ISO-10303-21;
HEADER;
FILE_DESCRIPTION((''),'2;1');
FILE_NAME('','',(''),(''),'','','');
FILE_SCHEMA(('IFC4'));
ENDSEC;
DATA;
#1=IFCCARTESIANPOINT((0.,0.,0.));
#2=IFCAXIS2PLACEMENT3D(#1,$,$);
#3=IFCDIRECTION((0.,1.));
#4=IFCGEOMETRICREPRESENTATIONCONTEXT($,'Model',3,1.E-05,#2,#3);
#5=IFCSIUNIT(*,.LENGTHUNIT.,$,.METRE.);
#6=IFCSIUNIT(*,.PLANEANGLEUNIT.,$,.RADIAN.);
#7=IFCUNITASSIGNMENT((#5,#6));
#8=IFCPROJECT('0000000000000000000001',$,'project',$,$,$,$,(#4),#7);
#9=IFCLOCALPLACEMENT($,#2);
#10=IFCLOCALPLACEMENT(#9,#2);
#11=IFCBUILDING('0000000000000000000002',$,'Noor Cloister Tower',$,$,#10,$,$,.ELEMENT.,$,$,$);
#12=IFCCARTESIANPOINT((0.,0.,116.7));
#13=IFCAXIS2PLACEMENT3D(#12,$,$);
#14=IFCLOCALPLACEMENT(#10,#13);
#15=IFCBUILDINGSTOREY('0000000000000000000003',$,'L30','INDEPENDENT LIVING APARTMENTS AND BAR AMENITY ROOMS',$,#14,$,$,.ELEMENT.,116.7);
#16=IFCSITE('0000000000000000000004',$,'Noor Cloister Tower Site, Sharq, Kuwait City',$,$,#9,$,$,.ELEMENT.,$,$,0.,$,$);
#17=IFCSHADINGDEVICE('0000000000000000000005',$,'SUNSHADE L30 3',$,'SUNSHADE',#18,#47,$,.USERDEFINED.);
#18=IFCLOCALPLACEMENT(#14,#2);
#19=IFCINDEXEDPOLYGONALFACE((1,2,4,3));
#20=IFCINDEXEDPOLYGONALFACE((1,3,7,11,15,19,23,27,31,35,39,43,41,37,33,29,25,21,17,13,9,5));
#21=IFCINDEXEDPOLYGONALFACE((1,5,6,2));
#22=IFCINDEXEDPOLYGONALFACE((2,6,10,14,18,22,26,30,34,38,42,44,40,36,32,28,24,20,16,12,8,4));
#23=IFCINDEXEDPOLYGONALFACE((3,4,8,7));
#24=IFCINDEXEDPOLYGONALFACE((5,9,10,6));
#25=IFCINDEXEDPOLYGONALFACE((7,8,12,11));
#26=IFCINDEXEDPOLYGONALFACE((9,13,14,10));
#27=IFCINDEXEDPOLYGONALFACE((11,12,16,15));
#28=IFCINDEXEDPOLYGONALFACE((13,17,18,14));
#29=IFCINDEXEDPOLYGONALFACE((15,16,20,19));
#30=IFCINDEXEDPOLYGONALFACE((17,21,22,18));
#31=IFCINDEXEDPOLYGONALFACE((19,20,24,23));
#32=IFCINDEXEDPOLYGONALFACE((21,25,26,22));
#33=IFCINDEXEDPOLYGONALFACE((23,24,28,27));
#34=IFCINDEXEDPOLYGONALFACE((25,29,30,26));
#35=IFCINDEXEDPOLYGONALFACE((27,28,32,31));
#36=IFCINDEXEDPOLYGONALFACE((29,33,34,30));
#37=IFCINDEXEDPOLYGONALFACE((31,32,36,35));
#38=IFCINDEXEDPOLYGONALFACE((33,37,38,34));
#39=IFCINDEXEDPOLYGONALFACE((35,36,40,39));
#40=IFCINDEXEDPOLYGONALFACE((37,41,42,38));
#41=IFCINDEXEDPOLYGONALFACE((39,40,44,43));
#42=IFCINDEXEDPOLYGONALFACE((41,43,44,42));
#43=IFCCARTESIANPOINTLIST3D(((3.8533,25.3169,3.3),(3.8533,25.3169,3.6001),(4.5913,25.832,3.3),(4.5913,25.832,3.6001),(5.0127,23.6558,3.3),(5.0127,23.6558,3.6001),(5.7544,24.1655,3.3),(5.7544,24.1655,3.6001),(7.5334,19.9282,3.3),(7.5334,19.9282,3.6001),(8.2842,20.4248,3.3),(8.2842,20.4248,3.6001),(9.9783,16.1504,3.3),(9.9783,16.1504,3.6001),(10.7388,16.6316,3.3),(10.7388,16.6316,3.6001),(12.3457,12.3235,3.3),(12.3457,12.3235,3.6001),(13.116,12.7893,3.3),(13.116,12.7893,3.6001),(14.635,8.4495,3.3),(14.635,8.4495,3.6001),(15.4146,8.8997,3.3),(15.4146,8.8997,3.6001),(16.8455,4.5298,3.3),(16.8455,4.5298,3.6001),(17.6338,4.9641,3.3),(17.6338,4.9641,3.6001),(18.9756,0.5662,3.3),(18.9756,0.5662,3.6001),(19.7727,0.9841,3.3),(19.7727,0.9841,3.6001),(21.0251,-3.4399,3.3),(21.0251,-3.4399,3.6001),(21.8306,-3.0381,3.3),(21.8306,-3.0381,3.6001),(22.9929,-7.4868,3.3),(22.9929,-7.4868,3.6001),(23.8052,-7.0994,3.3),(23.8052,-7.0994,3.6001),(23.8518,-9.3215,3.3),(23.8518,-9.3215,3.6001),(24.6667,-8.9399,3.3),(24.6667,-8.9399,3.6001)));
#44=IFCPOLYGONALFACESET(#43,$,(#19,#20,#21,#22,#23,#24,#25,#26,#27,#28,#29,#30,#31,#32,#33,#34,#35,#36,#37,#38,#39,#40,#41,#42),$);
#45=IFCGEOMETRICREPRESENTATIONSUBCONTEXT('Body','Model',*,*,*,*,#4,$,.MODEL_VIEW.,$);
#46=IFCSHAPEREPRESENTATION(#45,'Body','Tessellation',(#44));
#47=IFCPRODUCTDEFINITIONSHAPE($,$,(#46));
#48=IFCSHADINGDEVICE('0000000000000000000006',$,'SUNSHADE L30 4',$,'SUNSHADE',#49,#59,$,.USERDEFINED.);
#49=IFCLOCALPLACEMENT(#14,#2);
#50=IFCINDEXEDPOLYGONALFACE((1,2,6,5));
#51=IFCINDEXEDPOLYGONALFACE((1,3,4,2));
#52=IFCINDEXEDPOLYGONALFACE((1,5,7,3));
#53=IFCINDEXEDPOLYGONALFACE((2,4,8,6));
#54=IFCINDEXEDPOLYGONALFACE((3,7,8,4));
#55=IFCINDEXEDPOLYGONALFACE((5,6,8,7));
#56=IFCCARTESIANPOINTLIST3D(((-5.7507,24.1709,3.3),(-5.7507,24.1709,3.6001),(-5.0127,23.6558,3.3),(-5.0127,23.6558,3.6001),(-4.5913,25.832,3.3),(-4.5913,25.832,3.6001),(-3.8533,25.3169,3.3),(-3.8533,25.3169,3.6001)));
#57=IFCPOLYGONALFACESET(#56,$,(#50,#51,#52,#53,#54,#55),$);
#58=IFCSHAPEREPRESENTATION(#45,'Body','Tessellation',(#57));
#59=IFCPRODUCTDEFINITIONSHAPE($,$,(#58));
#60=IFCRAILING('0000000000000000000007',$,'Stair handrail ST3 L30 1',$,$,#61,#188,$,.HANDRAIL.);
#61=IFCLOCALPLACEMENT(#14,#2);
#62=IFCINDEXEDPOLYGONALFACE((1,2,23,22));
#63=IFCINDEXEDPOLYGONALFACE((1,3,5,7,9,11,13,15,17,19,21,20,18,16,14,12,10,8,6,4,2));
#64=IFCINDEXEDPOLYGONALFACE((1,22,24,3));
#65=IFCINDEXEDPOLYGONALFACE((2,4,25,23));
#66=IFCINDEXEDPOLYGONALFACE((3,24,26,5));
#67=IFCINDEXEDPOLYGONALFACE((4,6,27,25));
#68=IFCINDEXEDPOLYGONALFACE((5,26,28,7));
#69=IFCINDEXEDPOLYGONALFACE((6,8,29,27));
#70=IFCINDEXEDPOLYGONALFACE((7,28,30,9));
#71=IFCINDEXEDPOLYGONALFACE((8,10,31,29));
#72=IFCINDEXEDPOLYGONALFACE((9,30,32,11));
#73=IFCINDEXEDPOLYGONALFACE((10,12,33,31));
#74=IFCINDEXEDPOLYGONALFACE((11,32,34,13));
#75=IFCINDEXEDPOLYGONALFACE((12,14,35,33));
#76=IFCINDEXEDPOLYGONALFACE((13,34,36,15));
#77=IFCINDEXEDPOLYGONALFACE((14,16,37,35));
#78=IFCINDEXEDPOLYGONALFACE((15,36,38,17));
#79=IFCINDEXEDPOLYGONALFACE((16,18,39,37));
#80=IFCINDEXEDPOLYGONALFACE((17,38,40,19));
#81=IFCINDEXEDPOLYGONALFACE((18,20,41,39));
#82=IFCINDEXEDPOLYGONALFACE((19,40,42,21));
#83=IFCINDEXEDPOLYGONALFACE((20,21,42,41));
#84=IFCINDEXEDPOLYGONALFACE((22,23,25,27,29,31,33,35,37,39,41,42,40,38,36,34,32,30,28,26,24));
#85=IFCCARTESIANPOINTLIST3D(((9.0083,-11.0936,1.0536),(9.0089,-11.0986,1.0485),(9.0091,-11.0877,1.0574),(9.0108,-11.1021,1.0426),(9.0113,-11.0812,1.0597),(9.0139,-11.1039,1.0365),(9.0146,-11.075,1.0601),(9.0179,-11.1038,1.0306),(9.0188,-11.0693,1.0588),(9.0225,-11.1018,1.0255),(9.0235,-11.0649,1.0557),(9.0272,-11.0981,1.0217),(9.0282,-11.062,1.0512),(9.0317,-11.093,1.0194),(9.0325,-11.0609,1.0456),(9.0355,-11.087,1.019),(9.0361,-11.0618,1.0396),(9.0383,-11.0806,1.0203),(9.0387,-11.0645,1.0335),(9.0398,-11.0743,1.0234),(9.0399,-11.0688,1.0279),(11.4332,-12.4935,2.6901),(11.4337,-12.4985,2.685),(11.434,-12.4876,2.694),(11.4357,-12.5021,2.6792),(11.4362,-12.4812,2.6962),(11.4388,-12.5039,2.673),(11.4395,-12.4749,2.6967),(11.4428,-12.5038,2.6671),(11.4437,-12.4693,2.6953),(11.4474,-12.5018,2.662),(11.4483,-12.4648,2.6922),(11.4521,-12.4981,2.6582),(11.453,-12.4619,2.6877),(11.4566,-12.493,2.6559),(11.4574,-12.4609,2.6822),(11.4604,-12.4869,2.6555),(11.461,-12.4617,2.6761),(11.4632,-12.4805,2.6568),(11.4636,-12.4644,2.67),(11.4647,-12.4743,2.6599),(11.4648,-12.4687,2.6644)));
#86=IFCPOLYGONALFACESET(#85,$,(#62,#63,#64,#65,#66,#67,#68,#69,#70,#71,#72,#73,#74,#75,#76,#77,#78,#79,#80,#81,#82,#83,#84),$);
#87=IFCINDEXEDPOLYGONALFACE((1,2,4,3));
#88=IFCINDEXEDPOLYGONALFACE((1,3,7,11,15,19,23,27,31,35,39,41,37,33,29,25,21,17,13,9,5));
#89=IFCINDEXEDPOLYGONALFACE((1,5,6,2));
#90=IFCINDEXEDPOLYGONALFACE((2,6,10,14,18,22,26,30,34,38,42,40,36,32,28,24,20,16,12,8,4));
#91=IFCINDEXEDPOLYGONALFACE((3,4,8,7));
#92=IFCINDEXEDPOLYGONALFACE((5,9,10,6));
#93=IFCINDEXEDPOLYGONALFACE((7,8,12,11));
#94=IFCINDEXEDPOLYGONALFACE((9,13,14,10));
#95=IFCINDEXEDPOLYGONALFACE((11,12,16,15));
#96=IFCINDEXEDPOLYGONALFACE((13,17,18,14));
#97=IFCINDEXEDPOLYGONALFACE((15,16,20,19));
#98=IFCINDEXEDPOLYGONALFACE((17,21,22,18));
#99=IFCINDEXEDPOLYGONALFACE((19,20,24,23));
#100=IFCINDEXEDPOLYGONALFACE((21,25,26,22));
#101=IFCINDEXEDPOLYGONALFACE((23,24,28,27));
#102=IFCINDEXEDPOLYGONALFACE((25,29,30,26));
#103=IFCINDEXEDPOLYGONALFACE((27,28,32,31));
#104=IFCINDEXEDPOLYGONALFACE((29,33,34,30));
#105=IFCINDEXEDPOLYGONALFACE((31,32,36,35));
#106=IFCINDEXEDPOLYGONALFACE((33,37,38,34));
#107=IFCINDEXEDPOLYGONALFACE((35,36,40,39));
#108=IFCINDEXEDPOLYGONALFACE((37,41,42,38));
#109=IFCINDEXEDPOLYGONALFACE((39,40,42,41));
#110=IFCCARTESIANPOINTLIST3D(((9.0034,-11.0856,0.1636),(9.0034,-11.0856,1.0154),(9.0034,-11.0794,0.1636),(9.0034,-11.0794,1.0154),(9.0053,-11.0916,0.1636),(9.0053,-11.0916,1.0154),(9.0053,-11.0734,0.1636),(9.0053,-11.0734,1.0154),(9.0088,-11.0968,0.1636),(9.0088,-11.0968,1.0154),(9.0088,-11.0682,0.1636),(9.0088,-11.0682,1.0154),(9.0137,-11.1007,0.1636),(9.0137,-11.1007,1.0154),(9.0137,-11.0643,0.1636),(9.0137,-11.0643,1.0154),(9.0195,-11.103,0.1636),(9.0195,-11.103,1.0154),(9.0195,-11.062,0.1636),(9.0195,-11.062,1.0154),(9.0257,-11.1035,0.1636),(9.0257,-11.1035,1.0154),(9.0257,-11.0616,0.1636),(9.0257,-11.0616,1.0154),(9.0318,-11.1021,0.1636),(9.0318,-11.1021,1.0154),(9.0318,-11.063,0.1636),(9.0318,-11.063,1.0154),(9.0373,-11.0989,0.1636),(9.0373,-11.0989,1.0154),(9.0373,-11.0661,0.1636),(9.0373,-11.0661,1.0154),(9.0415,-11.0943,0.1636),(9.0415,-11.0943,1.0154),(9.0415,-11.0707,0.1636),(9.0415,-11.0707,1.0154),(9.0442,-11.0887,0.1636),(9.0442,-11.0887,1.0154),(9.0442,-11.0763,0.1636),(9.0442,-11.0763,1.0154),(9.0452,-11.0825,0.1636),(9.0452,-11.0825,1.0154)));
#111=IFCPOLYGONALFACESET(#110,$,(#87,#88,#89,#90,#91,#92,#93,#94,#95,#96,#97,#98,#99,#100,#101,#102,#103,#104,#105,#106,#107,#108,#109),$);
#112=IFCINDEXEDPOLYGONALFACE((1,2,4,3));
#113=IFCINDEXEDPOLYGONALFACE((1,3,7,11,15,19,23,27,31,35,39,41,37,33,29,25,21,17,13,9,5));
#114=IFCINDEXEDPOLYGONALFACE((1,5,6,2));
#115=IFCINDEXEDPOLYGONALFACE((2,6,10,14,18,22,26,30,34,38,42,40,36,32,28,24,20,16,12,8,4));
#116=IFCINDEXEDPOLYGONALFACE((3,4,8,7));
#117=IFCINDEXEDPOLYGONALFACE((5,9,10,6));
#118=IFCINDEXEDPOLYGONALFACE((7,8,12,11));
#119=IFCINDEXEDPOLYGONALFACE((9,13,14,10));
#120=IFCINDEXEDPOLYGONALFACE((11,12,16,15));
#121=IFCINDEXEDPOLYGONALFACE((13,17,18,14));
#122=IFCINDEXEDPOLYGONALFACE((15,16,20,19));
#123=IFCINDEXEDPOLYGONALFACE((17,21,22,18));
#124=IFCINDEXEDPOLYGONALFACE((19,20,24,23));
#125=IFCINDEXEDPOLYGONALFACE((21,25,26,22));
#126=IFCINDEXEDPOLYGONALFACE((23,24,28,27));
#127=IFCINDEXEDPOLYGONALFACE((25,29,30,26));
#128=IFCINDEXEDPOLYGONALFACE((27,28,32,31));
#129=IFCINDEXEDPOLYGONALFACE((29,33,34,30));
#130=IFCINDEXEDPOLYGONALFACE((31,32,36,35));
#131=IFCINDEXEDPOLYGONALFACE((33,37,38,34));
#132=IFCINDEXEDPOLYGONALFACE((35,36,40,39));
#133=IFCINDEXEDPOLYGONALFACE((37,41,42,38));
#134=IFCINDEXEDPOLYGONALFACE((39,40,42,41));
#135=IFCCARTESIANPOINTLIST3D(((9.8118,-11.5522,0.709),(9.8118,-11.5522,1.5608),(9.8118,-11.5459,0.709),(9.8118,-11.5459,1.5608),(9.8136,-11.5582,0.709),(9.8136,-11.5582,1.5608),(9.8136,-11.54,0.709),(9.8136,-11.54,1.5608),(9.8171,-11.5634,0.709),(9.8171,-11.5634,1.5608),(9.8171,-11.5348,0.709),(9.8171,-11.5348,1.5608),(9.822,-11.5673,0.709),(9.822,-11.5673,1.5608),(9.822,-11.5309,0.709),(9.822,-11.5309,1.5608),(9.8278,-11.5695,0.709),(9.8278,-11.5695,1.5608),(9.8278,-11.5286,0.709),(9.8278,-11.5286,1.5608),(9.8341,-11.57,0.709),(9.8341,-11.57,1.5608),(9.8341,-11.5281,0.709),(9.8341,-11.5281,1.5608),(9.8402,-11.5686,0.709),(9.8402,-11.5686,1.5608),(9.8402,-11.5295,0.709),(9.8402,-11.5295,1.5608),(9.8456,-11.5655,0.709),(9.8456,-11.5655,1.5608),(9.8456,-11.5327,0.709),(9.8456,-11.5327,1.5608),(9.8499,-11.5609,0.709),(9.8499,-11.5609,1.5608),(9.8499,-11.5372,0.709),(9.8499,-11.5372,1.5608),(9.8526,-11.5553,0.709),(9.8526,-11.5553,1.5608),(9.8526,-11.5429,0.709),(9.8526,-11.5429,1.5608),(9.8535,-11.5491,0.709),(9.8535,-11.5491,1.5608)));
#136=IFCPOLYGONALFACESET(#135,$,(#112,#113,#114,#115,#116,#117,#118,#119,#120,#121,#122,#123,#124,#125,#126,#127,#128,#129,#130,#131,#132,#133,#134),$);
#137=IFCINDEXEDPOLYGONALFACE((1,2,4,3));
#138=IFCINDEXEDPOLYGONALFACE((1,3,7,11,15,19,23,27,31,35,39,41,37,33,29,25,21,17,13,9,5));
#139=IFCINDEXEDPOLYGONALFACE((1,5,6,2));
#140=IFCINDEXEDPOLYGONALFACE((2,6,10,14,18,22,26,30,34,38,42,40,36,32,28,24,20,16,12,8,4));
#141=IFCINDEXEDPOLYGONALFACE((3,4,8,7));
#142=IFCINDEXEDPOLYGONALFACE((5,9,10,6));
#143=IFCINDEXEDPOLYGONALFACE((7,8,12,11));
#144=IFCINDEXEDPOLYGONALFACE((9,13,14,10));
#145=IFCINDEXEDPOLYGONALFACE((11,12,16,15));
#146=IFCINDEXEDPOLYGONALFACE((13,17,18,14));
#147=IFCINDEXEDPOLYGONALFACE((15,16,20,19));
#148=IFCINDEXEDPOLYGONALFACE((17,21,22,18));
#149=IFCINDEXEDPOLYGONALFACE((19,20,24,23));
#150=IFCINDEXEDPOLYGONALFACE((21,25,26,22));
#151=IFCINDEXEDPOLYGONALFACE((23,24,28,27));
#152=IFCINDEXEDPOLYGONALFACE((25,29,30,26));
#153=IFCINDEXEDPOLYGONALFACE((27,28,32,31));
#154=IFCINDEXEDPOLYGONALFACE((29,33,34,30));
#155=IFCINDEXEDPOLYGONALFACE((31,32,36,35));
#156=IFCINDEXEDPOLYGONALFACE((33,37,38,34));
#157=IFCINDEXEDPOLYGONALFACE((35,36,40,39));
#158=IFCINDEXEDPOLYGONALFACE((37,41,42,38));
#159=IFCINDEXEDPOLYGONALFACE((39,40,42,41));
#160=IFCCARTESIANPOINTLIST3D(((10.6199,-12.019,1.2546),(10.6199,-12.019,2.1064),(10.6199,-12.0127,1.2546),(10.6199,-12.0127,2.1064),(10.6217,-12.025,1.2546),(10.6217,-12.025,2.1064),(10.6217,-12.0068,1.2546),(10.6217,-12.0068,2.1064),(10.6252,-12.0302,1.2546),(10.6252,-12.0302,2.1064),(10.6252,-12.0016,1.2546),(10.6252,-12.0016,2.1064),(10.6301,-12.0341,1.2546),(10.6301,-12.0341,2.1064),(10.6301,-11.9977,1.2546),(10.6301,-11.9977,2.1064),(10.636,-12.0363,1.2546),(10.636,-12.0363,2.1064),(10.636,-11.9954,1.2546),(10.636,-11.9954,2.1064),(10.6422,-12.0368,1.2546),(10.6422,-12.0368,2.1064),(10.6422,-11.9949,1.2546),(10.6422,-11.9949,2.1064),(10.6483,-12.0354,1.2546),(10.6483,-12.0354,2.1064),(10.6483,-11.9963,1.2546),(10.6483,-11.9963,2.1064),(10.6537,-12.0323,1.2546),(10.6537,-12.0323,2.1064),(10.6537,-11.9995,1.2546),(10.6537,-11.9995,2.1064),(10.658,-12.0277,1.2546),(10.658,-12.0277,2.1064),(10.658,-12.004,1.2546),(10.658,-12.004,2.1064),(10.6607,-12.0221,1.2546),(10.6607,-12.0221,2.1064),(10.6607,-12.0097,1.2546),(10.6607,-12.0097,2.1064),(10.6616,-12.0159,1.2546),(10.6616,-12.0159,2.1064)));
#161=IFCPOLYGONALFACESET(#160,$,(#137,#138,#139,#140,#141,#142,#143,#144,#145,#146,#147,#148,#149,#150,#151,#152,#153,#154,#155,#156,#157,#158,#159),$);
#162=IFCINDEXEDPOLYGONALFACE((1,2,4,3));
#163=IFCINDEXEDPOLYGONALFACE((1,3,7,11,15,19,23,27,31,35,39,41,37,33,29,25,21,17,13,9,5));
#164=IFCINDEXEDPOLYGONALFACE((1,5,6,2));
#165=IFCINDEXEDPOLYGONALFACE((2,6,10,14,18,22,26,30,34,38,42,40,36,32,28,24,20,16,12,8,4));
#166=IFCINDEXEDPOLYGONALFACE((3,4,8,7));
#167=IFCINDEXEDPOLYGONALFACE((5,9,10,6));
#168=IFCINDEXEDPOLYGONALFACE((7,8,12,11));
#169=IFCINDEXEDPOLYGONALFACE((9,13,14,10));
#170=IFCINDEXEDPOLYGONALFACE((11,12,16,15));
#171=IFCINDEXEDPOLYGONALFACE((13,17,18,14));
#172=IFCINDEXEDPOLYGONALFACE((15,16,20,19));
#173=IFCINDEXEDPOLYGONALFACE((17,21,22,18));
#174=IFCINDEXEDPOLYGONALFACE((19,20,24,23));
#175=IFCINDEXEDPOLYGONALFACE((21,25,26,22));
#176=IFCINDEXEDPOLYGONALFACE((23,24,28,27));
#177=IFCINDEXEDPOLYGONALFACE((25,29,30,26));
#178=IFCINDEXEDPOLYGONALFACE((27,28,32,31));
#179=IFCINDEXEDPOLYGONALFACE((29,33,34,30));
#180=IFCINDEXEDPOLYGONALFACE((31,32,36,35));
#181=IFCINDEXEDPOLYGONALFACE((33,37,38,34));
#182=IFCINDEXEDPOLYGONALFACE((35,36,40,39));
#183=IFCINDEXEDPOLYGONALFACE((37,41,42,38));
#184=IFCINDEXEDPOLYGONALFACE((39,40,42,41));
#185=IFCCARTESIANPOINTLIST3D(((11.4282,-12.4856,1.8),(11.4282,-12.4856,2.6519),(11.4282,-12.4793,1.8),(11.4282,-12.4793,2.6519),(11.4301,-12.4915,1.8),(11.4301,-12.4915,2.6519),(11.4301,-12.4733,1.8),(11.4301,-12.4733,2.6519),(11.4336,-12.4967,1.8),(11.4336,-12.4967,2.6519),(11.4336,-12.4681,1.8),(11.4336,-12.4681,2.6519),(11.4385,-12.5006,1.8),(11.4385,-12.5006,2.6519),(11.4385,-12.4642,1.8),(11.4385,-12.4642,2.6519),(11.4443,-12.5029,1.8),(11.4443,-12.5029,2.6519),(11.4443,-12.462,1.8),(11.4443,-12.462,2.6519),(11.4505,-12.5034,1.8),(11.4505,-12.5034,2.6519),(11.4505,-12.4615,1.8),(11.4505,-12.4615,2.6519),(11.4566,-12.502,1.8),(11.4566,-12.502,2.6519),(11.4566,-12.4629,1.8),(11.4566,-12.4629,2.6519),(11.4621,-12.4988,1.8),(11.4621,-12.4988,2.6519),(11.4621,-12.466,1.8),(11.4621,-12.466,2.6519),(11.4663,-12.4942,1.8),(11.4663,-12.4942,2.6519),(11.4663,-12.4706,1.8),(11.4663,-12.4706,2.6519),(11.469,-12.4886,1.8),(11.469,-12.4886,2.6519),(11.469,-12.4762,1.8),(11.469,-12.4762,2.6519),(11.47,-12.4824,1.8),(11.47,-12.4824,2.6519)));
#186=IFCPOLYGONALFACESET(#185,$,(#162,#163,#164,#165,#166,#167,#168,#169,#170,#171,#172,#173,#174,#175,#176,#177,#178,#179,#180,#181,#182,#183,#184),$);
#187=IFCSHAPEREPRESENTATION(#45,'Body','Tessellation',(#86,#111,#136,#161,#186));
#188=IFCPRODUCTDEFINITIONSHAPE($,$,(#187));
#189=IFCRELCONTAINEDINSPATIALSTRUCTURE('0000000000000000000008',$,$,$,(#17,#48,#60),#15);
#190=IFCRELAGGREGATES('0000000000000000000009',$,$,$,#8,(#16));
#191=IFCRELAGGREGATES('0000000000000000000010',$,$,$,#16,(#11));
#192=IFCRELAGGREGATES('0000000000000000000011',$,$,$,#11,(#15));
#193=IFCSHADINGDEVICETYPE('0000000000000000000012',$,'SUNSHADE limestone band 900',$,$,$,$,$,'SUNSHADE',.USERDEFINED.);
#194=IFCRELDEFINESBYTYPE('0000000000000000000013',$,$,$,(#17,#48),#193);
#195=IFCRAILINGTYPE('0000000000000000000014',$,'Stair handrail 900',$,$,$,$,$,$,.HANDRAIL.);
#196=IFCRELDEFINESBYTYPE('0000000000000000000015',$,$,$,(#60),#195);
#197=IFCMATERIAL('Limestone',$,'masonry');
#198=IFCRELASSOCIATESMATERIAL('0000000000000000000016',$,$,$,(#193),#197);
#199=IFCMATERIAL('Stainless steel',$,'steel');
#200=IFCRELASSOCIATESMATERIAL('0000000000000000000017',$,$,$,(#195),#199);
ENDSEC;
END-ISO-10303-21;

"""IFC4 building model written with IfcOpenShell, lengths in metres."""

from ifc_helpers import new_model, si_unit, direction, frame, origin, origin_2d, place, context, subcontext, project, spatial, polyline, circle, outline, extrude, material, type_object, element, save


model = new_model("IFC4")

# Units and contexts
model_context = context("Model", 3, precision=1e-05, world=origin(), true_north=direction((0.0, 1.0)))
body_context = subcontext(model_context, "Body", "Model", "MODEL_VIEW")
ifc_project = project(units=[si_unit("LENGTHUNIT", "METRE"), si_unit("PLANEANGLEUNIT", "RADIAN")], contexts=[model_context])

# Site, building, storey
site_placement = place(None, origin())
site = spatial("IfcSite", under=ifc_project, at=site_placement, Name="Noor Cloister Tower Site, Sharq, Kuwait City", CompositionType="ELEMENT", RefElevation=0.0)
building_placement = place(site_placement, origin())
building = spatial("IfcBuilding", under=site, at=building_placement, Name="Noor Cloister Tower", CompositionType="ELEMENT")
storey_placement = place(building_placement, frame((0.0, 0.0, 116.7)))
storey = spatial("IfcBuildingStorey", under=building, at=storey_placement, Name="L30", Description="INDEPENDENT LIVING APARTMENTS AND BAR AMENITY ROOMS", CompositionType="ELEMENT", Elevation=116.7)

# Shading devices
ifc_material_1 = material(Name="Limestone", Category="masonry")
shading_device_type = type_object("IfcShadingDeviceType", Name="SUNSHADE limestone band 900", ElementType="SUNSHADE", PredefinedType="USERDEFINED", material=ifc_material_1)
shading_device_1_placement = place(storey_placement, frame((0.0, 0.0, 3.3)))
element("IfcShadingDevice", 1, at=shading_device_1_placement, inside=storey, type_object=shading_device_type, Name="SUNSHADE L30 3", ObjectType="SUNSHADE", PredefinedType="USERDEFINED", context=body_context, shape_type="SweptSolid", body=[
    extrude(outline(polyline([(24.6667, -8.9399), (23.8052, -7.0994), (21.8306, -3.0381), (19.7727, 0.9841), (17.6338, 4.9641), (15.4146, 8.8997), (13.116, 12.7893), (10.7388, 16.6316), (8.2842, 20.4248), (5.7544, 24.1655), (4.5913, 25.832), (3.8533, 25.3169), (5.0127, 23.6558), (7.5334, 19.9282), (9.9783, 16.1504), (12.3457, 12.3235), (14.635, 8.4495), (16.8455, 4.5298), (18.9756, 0.5662), (21.0251, -3.4399), (22.9929, -7.4868), (23.8518, -9.3215), (24.6667, -8.9399)])), origin(), (0.0, 0.0, 1.0), 0.3),
])
shading_device_2_placement = place(storey_placement, frame((0.0, 0.0, 3.3)))
element("IfcShadingDevice", 2, at=shading_device_2_placement, inside=storey, type_object=shading_device_type, Name="SUNSHADE L30 4", ObjectType="SUNSHADE", PredefinedType="USERDEFINED", context=body_context, shape_type="SweptSolid", body=[
    extrude(outline(polyline([(-4.5913, 25.832), (-5.7507, 24.1709), (-5.0127, 23.6558), (-3.8533, 25.3169), (-4.5913, 25.832)])), origin(), (0.0, 0.0, 1.0), 0.3),
])

# Railing
ifc_material_2 = material(Name="Stainless steel", Category="steel")
railing_type = type_object("IfcRailingType", Name="Stair handrail 900", PredefinedType="HANDRAIL", material=ifc_material_2)
railing_placement = place(storey_placement, frame((9.0242, -11.0825, 0.1636)))
element("IfcRailing", 3, at=railing_placement, inside=storey, type_object=railing_type, Name="Stair handrail ST3 L30 1", PredefinedType="HANDRAIL", context=body_context, shape_type="SweptSolid", body=[
    extrude(circle(Radius=0.0239, at=origin_2d()), frame((0.0, 0.0, 0.876), z_axis=(0.74769, -0.431661, 0.504608), x_axis=(0.499984, 0.866035, 0.0)), (0.0, 0.0, 1.0), 3.2432),
    extrude(circle(Radius=0.021, at=origin_2d()), origin(), (0.0, 0.0, 1.0), 0.8518),
    extrude(circle(Radius=0.021, at=origin_2d()), frame((0.8083, -0.4666, 0.5454)), (0.0, 0.0, 1.0), 0.8518),
    extrude(circle(Radius=0.021, at=origin_2d()), frame((1.6165, -0.9333, 1.0911)), (0.0, 0.0, 1.0), 0.8518),
    extrude(circle(Radius=0.021, at=origin_2d()), frame((2.4248, -1.3999, 1.6365)), (0.0, 0.0, 1.0), 0.8518),
])

save(model, "model.ifc")
